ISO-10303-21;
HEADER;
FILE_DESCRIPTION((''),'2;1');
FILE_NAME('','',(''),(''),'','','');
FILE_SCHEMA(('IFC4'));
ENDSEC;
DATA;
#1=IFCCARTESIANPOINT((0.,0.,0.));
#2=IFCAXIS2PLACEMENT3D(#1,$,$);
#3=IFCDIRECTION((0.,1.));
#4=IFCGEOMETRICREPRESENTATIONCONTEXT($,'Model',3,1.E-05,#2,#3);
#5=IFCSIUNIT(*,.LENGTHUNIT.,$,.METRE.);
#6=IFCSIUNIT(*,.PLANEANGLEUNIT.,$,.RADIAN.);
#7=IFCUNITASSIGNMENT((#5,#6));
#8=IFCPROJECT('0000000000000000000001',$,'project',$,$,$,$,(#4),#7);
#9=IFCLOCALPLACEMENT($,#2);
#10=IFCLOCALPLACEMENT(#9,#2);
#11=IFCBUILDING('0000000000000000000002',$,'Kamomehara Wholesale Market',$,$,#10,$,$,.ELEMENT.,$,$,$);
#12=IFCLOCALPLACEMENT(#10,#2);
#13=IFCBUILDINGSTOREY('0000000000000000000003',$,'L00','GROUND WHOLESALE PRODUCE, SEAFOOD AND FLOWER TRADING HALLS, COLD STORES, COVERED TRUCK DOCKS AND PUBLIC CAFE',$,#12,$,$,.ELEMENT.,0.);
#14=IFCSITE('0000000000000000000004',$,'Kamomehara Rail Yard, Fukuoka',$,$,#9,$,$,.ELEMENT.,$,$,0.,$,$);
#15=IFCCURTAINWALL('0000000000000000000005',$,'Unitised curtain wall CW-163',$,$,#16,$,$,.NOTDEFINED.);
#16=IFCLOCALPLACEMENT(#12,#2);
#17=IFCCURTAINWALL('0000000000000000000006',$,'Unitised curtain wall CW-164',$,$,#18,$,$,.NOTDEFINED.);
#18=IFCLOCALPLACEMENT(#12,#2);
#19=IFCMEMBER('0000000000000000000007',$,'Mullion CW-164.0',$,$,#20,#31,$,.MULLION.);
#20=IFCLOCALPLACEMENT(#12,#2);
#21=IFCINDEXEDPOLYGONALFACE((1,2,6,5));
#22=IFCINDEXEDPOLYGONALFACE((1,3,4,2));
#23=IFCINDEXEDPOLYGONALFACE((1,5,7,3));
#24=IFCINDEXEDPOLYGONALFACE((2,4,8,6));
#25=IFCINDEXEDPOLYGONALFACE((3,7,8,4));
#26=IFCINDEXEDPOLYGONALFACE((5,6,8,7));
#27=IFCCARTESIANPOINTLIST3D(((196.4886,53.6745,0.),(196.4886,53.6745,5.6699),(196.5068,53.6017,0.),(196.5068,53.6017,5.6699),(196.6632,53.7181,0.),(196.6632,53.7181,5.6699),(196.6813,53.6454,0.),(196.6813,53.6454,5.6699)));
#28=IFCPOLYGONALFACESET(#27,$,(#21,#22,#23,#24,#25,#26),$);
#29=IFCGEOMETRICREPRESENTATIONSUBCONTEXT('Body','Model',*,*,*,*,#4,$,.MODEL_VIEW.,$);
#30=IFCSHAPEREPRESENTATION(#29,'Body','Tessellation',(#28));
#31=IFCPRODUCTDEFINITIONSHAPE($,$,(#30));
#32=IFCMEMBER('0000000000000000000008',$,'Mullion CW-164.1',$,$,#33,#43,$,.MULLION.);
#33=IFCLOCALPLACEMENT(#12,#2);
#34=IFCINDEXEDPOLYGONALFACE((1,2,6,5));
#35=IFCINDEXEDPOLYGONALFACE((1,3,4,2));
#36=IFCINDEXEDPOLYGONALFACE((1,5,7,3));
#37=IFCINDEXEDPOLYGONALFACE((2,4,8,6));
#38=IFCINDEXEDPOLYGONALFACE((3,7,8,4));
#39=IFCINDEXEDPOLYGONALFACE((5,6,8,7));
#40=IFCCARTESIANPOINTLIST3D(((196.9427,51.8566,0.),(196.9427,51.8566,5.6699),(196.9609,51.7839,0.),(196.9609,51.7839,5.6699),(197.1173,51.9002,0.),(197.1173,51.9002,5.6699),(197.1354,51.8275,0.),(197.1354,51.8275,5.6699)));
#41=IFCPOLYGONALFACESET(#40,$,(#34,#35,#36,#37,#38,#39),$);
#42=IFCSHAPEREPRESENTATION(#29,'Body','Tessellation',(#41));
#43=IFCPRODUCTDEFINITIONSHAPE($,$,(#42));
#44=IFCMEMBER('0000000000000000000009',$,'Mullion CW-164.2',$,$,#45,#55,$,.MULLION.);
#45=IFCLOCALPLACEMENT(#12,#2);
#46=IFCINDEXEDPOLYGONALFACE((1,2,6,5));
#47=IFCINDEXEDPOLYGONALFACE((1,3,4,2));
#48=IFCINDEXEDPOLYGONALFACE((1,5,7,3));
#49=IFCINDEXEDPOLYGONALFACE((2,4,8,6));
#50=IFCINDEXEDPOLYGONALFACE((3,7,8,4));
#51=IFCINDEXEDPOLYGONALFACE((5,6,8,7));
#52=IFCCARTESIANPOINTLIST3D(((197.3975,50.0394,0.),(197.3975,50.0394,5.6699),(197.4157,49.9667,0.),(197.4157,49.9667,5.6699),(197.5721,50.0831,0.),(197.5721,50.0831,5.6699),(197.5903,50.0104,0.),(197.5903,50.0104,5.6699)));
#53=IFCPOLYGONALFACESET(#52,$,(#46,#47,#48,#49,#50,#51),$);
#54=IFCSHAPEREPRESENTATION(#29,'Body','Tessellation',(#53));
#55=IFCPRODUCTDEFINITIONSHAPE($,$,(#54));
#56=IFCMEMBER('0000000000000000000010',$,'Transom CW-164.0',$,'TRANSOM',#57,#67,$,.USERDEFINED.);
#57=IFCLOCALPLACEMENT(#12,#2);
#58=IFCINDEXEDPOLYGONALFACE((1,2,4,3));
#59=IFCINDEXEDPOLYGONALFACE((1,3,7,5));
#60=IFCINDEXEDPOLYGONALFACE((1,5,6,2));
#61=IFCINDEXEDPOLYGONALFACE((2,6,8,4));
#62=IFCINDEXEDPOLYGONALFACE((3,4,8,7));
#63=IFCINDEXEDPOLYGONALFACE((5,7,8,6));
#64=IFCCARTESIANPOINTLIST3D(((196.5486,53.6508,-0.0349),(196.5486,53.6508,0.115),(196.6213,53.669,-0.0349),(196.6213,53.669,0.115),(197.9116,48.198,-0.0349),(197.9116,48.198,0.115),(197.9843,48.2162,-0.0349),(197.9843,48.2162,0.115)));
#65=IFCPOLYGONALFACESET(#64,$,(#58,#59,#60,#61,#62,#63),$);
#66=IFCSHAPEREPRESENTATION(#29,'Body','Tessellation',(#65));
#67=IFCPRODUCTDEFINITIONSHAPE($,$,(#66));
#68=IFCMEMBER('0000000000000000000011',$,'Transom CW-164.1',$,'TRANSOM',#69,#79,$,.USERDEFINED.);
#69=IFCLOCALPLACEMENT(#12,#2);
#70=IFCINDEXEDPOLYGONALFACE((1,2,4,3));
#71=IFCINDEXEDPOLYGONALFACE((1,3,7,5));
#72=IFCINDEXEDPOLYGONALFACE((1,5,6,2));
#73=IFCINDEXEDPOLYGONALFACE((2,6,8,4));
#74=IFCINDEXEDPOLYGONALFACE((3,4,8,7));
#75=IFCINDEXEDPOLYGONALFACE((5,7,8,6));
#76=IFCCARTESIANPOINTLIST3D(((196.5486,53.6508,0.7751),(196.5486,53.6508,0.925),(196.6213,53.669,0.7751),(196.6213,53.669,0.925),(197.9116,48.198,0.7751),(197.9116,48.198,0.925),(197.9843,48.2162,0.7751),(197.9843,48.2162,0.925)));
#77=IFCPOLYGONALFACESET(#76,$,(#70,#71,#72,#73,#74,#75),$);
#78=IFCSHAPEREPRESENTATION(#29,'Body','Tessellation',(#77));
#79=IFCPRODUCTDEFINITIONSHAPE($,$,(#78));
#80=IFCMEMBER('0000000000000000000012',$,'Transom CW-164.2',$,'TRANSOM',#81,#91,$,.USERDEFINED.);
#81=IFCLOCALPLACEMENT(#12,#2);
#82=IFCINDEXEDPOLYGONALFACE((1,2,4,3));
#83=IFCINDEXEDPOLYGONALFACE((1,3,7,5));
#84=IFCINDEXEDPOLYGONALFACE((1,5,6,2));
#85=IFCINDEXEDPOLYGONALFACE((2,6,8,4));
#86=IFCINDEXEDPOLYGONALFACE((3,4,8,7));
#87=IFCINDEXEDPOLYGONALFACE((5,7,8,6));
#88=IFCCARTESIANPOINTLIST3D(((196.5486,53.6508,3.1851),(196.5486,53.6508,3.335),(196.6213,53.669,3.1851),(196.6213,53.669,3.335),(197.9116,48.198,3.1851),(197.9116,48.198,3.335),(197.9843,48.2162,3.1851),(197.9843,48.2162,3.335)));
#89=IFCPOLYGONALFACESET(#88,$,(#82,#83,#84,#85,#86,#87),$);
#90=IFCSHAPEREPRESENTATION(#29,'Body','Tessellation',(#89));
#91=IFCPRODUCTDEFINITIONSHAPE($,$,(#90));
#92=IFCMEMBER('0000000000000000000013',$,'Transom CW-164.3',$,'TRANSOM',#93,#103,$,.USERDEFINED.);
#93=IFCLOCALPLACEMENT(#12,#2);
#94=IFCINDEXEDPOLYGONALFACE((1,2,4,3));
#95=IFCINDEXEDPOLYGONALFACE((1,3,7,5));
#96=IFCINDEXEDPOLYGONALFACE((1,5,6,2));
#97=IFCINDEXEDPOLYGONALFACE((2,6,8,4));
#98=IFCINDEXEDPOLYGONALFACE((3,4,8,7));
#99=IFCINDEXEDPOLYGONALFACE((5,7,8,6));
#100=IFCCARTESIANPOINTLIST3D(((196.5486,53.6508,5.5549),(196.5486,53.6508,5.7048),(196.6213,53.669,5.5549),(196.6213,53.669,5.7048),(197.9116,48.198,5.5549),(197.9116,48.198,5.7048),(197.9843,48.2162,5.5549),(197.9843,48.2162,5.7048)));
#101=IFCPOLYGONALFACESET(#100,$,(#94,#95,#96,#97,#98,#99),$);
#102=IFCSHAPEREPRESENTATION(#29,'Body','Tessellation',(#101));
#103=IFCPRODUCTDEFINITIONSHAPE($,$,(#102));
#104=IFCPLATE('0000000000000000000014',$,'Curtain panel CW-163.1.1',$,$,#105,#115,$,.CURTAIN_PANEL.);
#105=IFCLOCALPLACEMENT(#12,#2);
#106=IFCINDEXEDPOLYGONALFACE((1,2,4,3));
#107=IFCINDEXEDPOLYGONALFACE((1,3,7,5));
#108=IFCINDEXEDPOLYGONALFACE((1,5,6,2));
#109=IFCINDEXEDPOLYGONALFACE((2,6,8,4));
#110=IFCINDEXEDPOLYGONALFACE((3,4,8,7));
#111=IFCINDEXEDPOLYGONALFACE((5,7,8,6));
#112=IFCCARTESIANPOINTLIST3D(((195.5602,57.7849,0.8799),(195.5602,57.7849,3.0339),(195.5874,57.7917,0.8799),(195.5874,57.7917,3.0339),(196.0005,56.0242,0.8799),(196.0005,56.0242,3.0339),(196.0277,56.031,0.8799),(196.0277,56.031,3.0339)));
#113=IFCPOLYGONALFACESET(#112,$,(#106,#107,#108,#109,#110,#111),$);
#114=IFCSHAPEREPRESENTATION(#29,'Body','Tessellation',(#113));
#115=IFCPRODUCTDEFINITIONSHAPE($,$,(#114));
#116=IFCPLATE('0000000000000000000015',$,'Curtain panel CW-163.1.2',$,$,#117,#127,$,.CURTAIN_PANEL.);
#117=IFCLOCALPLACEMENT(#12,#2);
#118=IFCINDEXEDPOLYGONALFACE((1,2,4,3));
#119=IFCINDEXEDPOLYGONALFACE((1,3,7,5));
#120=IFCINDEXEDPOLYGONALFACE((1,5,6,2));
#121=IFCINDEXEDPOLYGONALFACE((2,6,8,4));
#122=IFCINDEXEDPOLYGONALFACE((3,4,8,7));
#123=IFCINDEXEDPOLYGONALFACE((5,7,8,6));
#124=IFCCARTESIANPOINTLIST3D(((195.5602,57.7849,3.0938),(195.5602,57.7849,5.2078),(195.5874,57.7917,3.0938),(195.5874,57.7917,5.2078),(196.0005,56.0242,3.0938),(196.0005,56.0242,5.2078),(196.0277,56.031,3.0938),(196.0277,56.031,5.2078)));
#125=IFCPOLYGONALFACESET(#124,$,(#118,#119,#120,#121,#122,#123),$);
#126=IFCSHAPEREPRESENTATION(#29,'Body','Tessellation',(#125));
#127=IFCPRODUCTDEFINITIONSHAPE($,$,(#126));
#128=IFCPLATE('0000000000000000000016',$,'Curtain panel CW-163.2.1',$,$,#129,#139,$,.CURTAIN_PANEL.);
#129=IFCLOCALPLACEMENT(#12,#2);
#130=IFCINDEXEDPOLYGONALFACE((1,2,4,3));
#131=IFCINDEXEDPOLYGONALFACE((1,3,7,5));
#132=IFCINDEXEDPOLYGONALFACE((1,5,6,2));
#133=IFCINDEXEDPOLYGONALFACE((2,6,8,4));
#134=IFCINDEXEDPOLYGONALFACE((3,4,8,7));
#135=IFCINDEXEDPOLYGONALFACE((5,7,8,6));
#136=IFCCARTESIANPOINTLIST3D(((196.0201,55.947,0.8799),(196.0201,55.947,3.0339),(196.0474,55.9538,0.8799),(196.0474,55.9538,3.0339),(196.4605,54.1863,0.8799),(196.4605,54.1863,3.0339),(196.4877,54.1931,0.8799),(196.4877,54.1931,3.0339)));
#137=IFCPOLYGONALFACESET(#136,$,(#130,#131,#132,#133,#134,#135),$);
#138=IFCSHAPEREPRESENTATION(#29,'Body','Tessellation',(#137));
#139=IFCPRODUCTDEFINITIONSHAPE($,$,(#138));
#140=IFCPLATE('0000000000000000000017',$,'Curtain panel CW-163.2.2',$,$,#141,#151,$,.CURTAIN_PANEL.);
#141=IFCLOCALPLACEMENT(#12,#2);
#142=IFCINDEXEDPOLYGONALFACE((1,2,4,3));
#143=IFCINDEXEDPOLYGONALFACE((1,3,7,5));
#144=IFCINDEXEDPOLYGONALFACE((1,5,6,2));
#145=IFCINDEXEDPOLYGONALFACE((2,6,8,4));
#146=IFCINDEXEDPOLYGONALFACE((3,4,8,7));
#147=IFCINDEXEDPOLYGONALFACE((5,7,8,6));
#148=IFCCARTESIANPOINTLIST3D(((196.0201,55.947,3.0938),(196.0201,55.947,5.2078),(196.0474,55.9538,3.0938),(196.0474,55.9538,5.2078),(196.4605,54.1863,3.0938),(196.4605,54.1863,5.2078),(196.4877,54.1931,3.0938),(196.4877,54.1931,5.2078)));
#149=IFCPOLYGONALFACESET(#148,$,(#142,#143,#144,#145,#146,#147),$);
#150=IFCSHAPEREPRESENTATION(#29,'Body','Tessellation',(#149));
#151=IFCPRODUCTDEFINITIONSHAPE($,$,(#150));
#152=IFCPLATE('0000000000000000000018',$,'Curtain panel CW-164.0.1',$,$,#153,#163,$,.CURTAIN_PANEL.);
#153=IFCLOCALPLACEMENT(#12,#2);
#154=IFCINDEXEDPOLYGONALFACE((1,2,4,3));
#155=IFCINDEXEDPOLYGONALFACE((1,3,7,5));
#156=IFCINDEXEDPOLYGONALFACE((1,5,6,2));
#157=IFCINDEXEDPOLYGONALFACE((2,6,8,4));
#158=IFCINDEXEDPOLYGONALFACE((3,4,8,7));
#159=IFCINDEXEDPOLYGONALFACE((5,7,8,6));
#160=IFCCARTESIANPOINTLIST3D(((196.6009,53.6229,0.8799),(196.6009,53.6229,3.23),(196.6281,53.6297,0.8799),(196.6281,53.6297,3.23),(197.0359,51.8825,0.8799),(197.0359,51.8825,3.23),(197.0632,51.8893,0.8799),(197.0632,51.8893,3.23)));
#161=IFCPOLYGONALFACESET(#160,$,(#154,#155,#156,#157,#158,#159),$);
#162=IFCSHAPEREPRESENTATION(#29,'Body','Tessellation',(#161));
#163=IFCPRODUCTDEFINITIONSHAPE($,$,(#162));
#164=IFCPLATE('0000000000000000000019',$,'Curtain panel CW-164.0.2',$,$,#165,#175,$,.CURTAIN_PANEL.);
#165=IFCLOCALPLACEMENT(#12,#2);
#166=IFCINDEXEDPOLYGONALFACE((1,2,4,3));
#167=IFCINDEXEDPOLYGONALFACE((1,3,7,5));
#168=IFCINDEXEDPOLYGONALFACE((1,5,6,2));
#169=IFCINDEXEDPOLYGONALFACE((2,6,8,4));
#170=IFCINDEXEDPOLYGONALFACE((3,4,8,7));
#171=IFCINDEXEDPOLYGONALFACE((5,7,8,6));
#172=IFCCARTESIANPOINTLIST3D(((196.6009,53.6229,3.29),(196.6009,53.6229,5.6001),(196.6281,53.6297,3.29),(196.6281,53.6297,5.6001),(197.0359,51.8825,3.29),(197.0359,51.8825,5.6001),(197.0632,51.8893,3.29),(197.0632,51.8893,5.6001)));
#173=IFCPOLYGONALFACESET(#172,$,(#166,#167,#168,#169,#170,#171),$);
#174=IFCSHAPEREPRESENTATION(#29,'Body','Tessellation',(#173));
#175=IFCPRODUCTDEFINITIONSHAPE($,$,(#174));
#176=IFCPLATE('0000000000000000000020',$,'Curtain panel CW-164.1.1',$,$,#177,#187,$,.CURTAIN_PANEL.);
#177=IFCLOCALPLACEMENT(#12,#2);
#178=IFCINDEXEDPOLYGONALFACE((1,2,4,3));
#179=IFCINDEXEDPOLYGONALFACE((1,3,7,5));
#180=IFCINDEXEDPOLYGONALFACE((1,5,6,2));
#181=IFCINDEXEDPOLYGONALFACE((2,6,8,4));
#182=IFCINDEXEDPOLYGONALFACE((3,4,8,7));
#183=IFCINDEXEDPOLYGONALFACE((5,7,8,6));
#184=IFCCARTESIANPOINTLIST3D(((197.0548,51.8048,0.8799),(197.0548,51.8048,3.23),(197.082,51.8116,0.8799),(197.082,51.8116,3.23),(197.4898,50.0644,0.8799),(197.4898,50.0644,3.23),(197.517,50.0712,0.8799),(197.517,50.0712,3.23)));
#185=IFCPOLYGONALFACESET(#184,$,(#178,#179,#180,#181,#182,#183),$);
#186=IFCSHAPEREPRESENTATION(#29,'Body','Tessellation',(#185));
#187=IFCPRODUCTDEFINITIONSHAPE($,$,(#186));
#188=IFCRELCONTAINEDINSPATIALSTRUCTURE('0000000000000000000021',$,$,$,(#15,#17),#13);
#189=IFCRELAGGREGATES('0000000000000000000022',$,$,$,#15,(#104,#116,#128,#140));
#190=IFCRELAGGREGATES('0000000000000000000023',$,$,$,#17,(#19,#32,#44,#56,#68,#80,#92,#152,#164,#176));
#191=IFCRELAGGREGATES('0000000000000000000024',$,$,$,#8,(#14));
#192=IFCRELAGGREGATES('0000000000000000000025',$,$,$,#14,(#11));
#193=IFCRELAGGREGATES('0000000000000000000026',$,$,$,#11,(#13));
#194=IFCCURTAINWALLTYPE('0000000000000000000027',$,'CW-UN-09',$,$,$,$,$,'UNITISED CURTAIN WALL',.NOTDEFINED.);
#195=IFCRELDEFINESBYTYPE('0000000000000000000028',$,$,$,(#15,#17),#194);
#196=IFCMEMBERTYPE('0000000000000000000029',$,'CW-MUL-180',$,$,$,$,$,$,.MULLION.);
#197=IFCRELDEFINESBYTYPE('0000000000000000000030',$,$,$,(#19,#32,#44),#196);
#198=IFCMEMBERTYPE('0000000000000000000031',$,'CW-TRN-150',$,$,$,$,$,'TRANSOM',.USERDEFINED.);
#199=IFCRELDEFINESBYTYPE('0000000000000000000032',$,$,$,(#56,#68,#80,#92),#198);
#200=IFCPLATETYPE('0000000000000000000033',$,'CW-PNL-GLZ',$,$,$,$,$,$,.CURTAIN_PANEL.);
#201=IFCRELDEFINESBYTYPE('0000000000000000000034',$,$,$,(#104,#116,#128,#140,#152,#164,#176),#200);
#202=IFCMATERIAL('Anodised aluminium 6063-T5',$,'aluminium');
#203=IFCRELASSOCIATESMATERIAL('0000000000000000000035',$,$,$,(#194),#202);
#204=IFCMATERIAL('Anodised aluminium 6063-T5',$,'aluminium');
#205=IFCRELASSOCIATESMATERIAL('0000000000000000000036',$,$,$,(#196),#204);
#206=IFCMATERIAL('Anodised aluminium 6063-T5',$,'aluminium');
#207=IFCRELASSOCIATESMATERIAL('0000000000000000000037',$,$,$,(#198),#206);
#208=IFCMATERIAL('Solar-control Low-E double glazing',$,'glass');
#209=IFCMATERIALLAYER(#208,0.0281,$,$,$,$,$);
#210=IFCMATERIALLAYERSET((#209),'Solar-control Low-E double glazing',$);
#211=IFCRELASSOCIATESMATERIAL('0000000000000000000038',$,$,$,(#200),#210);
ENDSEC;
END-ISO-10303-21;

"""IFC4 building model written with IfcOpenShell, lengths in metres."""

from ifc_helpers import new_model, si_unit, direction, frame, origin, origin_2d, place, context, subcontext, project, spatial, rectangle, extrude, material, layer, layer_set, material_profile, profile_set, type_object, element, aggregate, save


model = new_model("IFC4")

# Units and contexts
model_context = context("Model", 3, precision=1e-05, world=origin(), true_north=direction((0.0, 1.0)))
body_context = subcontext(model_context, "Body", "Model", "MODEL_VIEW")
ifc_project = project(units=[si_unit("LENGTHUNIT", "METRE"), si_unit("PLANEANGLEUNIT", "RADIAN")], contexts=[model_context])

# Site, building, storey
site_placement = place(None, origin())
site = spatial("IfcSite", under=ifc_project, at=site_placement, Name="Kamomehara Rail Yard, Fukuoka", CompositionType="ELEMENT", RefElevation=0.0)
building_placement = place(site_placement, origin())
building = spatial("IfcBuilding", under=site, at=building_placement, Name="Kamomehara Wholesale Market", CompositionType="ELEMENT")
storey_placement = place(building_placement, origin())
storey = spatial("IfcBuildingStorey", under=building, at=storey_placement, Name="L00", Description="GROUND WHOLESALE PRODUCE, SEAFOOD AND FLOWER TRADING HALLS, COLD STORES, COVERED TRUCK DOCKS AND PUBLIC CAFE", CompositionType="ELEMENT", Elevation=0.0)

# Curtain walls, members
ifc_material_1 = material(Name="Anodised aluminium 6063-T5", Category="aluminium")
curtain_wall_type = type_object("IfcCurtainWallType", Name="CW-UN-09", ElementType="UNITISED CURTAIN WALL", PredefinedType="NOTDEFINED", material=ifc_material_1)
curtain_wall_1_placement = place(storey_placement, origin())
curtain_wall_1 = element("IfcCurtainWall", 1, at=curtain_wall_1_placement, inside=storey, type_object=curtain_wall_type, Name="Unitised curtain wall CW-163", PredefinedType="NOTDEFINED")
ifc_material_2 = material(Name="Anodised aluminium 6063-T5", Category="aluminium")
ifc_material_profile_1 = material_profile(ifc_material_2, rectangle(XDim=0.075, YDim=0.1799, at=origin_2d()), Name="ALU-MUL-75x180")
ifc_profile_set_1 = profile_set([ifc_material_profile_1], Name="Anodised aluminium 6063-T5")
member_type_1 = type_object("IfcMemberType", Name="CW-MUL-180", PredefinedType="MULLION", material=ifc_profile_set_1)
curtain_wall_2_placement = place(storey_placement, origin())
curtain_wall_2 = element("IfcCurtainWall", 2, at=curtain_wall_2_placement, inside=storey, type_object=curtain_wall_type, Name="Unitised curtain wall CW-164", PredefinedType="NOTDEFINED")
member_1_placement = place(storey_placement, frame((196.585, 53.6599, 0.0), z_axis=(0.0, 0.0, 1.0), x_axis=(0.242494, -0.970153, 0.0)))
member_1 = element("IfcMember", 3, at=member_1_placement, type_object=member_type_1, Name="Mullion CW-164.0", PredefinedType="MULLION", context=body_context, shape_type="SweptSolid", body=[
    extrude(rectangle(XDim=0.075, YDim=0.1799, at=origin_2d()), origin(), (0.0, 0.0, 1.0), 5.6699),
])
member_2_placement = place(storey_placement, frame((197.0391, 51.842, 0.0), z_axis=(0.0, 0.0, 1.0), x_axis=(0.242494, -0.970153, 0.0)))
member_2 = element("IfcMember", 4, at=member_2_placement, type_object=member_type_1, Name="Mullion CW-164.1", PredefinedType="MULLION", context=body_context, shape_type="SweptSolid", body=[
    extrude(rectangle(XDim=0.075, YDim=0.1799, at=origin_2d()), origin(), (0.0, 0.0, 1.0), 5.6699),
])
member_3_placement = place(storey_placement, frame((197.4939, 50.0249, 0.0), z_axis=(0.0, 0.0, 1.0), x_axis=(0.242494, -0.970153, 0.0)))
member_3 = element("IfcMember", 5, at=member_3_placement, type_object=member_type_1, Name="Mullion CW-164.2", PredefinedType="MULLION", context=body_context, shape_type="SweptSolid", body=[
    extrude(rectangle(XDim=0.075, YDim=0.1799, at=origin_2d()), origin(), (0.0, 0.0, 1.0), 5.6699),
])
ifc_material_3 = material(Name="Anodised aluminium 6063-T5", Category="aluminium")
ifc_material_profile_2 = material_profile(ifc_material_3, rectangle(XDim=0.075, YDim=0.1499, at=origin_2d()), Name="ALU-TRN-75x150")
ifc_profile_set_2 = profile_set([ifc_material_profile_2], Name="Anodised aluminium 6063-T5")
member_type_2 = type_object("IfcMemberType", Name="CW-TRN-150", ElementType="TRANSOM", PredefinedType="USERDEFINED", material=ifc_profile_set_2)
member_4_placement = place(storey_placement, frame((196.585, 53.6599, 0.04), z_axis=(0.242505, -0.97015, 0.0), x_axis=(0.97015, 0.242505, 0.0)))
member_4 = element("IfcMember", 6, at=member_4_placement, type_object=member_type_2, Name="Transom CW-164.0", ObjectType="TRANSOM", PredefinedType="USERDEFINED", context=body_context, shape_type="SweptSolid", body=[
    extrude(rectangle(XDim=0.075, YDim=0.1499, at=origin_2d()), origin(), (0.0, 0.0, 1.0), 5.6206),
])
member_5_placement = place(storey_placement, frame((196.585, 53.6599, 0.8501), z_axis=(0.242505, -0.97015, 0.0), x_axis=(0.97015, 0.242505, 0.0)))
member_5 = element("IfcMember", 7, at=member_5_placement, type_object=member_type_2, Name="Transom CW-164.1", ObjectType="TRANSOM", PredefinedType="USERDEFINED", context=body_context, shape_type="SweptSolid", body=[
    extrude(rectangle(XDim=0.075, YDim=0.1499, at=origin_2d()), origin(), (0.0, 0.0, 1.0), 5.6206),
])
member_6_placement = place(storey_placement, frame((196.585, 53.6599, 3.26), z_axis=(0.242505, -0.97015, 0.0), x_axis=(0.97015, 0.242505, 0.0)))
member_6 = element("IfcMember", 8, at=member_6_placement, type_object=member_type_2, Name="Transom CW-164.2", ObjectType="TRANSOM", PredefinedType="USERDEFINED", context=body_context, shape_type="SweptSolid", body=[
    extrude(rectangle(XDim=0.075, YDim=0.1499, at=origin_2d()), origin(), (0.0, 0.0, 1.0), 5.6206),
])
member_7_placement = place(storey_placement, frame((196.585, 53.6599, 5.6299), z_axis=(0.242505, -0.97015, 0.0), x_axis=(0.97015, 0.242505, 0.0)))
member_7 = element("IfcMember", 9, at=member_7_placement, type_object=member_type_2, Name="Transom CW-164.3", ObjectType="TRANSOM", PredefinedType="USERDEFINED", context=body_context, shape_type="SweptSolid", body=[
    extrude(rectangle(XDim=0.075, YDim=0.1499, at=origin_2d()), origin(), (0.0, 0.0, 1.0), 5.6206),
])

# Plates
ifc_material_4 = material(Name="Solar-control Low-E double glazing", Category="glass")
ifc_layer_1 = layer(ifc_material_4, 0.0281)
ifc_layer_set_1 = layer_set([ifc_layer_1], Name="Solar-control Low-E double glazing")
plate_type_1 = type_object("IfcPlateType", Name="CW-PNL-GLZ", PredefinedType="CURTAIN_PANEL", material=ifc_layer_set_1)
plate_1_placement = place(storey_placement, frame((195.7939, 56.908, 0.8799), z_axis=(0.0, 0.0, 1.0), x_axis=(0.242616, -0.970122, 0.0)))
plate_1 = element("IfcPlate", 10, at=plate_1_placement, type_object=plate_type_1, Name="Curtain panel CW-163.1.1", PredefinedType="CURTAIN_PANEL", context=body_context, shape_type="SweptSolid", body=[
    extrude(rectangle(XDim=1.8149, YDim=0.0281, at=origin_2d()), origin(), (0.0, 0.0, 1.0), 2.1541),
])
plate_2_placement = place(storey_placement, frame((195.7939, 56.908, 3.0938), z_axis=(0.0, 0.0, 1.0), x_axis=(0.242616, -0.970122, 0.0)))
plate_2 = element("IfcPlate", 11, at=plate_2_placement, type_object=plate_type_1, Name="Curtain panel CW-163.1.2", PredefinedType="CURTAIN_PANEL", context=body_context, shape_type="SweptSolid", body=[
    extrude(rectangle(XDim=1.8149, YDim=0.0281, at=origin_2d()), origin(), (0.0, 0.0, 1.0), 2.114),
])
plate_3_placement = place(storey_placement, frame((196.2539, 55.0701, 0.8799), z_axis=(0.0, 0.0, 1.0), x_axis=(0.242616, -0.970122, 0.0)))
plate_3 = element("IfcPlate", 12, at=plate_3_placement, type_object=plate_type_1, Name="Curtain panel CW-163.2.1", PredefinedType="CURTAIN_PANEL", context=body_context, shape_type="SweptSolid", body=[
    extrude(rectangle(XDim=1.8149, YDim=0.0281, at=origin_2d()), origin(), (0.0, 0.0, 1.0), 2.1541),
])
plate_4_placement = place(storey_placement, frame((196.2539, 55.0701, 3.0938), z_axis=(0.0, 0.0, 1.0), x_axis=(0.242616, -0.970122, 0.0)))
plate_4 = element("IfcPlate", 13, at=plate_4_placement, type_object=plate_type_1, Name="Curtain panel CW-163.2.2", PredefinedType="CURTAIN_PANEL", context=body_context, shape_type="SweptSolid", body=[
    extrude(rectangle(XDim=1.8149, YDim=0.0281, at=origin_2d()), origin(), (0.0, 0.0, 1.0), 2.114),
])
plate_5_placement = place(storey_placement, frame((196.832, 52.7561, 0.8799), z_axis=(0.0, 0.0, 1.0), x_axis=(0.242498, -0.970152, 0.0)))
plate_5 = element("IfcPlate", 14, at=plate_5_placement, type_object=plate_type_1, Name="Curtain panel CW-164.0.1", PredefinedType="CURTAIN_PANEL", context=body_context, shape_type="SweptSolid", body=[
    extrude(rectangle(XDim=1.7939, YDim=0.0281, at=origin_2d()), origin(), (0.0, 0.0, 1.0), 2.3501),
])
plate_6_placement = place(storey_placement, frame((196.832, 52.7561, 3.29), z_axis=(0.0, 0.0, 1.0), x_axis=(0.242498, -0.970152, 0.0)))
plate_6 = element("IfcPlate", 15, at=plate_6_placement, type_object=plate_type_1, Name="Curtain panel CW-164.0.2", PredefinedType="CURTAIN_PANEL", context=body_context, shape_type="SweptSolid", body=[
    extrude(rectangle(XDim=1.7939, YDim=0.0281, at=origin_2d()), origin(), (0.0, 0.0, 1.0), 2.3101),
])
plate_7_placement = place(storey_placement, frame((197.2859, 50.938, 0.8799), z_axis=(0.0, 0.0, 1.0), x_axis=(0.242498, -0.970152, 0.0)))
plate_7 = element("IfcPlate", 16, at=plate_7_placement, type_object=plate_type_1, Name="Curtain panel CW-164.1.1", PredefinedType="CURTAIN_PANEL", context=body_context, shape_type="SweptSolid", body=[
    extrude(rectangle(XDim=1.7939, YDim=0.0281, at=origin_2d()), origin(), (0.0, 0.0, 1.0), 2.3501),
])
aggregate(curtain_wall_1, [plate_1, plate_2, plate_3, plate_4])
aggregate(curtain_wall_2, [member_1, member_2, member_3, member_4, member_5, member_6, member_7, plate_5, plate_6, plate_7])

save(model, "model.ifc")
